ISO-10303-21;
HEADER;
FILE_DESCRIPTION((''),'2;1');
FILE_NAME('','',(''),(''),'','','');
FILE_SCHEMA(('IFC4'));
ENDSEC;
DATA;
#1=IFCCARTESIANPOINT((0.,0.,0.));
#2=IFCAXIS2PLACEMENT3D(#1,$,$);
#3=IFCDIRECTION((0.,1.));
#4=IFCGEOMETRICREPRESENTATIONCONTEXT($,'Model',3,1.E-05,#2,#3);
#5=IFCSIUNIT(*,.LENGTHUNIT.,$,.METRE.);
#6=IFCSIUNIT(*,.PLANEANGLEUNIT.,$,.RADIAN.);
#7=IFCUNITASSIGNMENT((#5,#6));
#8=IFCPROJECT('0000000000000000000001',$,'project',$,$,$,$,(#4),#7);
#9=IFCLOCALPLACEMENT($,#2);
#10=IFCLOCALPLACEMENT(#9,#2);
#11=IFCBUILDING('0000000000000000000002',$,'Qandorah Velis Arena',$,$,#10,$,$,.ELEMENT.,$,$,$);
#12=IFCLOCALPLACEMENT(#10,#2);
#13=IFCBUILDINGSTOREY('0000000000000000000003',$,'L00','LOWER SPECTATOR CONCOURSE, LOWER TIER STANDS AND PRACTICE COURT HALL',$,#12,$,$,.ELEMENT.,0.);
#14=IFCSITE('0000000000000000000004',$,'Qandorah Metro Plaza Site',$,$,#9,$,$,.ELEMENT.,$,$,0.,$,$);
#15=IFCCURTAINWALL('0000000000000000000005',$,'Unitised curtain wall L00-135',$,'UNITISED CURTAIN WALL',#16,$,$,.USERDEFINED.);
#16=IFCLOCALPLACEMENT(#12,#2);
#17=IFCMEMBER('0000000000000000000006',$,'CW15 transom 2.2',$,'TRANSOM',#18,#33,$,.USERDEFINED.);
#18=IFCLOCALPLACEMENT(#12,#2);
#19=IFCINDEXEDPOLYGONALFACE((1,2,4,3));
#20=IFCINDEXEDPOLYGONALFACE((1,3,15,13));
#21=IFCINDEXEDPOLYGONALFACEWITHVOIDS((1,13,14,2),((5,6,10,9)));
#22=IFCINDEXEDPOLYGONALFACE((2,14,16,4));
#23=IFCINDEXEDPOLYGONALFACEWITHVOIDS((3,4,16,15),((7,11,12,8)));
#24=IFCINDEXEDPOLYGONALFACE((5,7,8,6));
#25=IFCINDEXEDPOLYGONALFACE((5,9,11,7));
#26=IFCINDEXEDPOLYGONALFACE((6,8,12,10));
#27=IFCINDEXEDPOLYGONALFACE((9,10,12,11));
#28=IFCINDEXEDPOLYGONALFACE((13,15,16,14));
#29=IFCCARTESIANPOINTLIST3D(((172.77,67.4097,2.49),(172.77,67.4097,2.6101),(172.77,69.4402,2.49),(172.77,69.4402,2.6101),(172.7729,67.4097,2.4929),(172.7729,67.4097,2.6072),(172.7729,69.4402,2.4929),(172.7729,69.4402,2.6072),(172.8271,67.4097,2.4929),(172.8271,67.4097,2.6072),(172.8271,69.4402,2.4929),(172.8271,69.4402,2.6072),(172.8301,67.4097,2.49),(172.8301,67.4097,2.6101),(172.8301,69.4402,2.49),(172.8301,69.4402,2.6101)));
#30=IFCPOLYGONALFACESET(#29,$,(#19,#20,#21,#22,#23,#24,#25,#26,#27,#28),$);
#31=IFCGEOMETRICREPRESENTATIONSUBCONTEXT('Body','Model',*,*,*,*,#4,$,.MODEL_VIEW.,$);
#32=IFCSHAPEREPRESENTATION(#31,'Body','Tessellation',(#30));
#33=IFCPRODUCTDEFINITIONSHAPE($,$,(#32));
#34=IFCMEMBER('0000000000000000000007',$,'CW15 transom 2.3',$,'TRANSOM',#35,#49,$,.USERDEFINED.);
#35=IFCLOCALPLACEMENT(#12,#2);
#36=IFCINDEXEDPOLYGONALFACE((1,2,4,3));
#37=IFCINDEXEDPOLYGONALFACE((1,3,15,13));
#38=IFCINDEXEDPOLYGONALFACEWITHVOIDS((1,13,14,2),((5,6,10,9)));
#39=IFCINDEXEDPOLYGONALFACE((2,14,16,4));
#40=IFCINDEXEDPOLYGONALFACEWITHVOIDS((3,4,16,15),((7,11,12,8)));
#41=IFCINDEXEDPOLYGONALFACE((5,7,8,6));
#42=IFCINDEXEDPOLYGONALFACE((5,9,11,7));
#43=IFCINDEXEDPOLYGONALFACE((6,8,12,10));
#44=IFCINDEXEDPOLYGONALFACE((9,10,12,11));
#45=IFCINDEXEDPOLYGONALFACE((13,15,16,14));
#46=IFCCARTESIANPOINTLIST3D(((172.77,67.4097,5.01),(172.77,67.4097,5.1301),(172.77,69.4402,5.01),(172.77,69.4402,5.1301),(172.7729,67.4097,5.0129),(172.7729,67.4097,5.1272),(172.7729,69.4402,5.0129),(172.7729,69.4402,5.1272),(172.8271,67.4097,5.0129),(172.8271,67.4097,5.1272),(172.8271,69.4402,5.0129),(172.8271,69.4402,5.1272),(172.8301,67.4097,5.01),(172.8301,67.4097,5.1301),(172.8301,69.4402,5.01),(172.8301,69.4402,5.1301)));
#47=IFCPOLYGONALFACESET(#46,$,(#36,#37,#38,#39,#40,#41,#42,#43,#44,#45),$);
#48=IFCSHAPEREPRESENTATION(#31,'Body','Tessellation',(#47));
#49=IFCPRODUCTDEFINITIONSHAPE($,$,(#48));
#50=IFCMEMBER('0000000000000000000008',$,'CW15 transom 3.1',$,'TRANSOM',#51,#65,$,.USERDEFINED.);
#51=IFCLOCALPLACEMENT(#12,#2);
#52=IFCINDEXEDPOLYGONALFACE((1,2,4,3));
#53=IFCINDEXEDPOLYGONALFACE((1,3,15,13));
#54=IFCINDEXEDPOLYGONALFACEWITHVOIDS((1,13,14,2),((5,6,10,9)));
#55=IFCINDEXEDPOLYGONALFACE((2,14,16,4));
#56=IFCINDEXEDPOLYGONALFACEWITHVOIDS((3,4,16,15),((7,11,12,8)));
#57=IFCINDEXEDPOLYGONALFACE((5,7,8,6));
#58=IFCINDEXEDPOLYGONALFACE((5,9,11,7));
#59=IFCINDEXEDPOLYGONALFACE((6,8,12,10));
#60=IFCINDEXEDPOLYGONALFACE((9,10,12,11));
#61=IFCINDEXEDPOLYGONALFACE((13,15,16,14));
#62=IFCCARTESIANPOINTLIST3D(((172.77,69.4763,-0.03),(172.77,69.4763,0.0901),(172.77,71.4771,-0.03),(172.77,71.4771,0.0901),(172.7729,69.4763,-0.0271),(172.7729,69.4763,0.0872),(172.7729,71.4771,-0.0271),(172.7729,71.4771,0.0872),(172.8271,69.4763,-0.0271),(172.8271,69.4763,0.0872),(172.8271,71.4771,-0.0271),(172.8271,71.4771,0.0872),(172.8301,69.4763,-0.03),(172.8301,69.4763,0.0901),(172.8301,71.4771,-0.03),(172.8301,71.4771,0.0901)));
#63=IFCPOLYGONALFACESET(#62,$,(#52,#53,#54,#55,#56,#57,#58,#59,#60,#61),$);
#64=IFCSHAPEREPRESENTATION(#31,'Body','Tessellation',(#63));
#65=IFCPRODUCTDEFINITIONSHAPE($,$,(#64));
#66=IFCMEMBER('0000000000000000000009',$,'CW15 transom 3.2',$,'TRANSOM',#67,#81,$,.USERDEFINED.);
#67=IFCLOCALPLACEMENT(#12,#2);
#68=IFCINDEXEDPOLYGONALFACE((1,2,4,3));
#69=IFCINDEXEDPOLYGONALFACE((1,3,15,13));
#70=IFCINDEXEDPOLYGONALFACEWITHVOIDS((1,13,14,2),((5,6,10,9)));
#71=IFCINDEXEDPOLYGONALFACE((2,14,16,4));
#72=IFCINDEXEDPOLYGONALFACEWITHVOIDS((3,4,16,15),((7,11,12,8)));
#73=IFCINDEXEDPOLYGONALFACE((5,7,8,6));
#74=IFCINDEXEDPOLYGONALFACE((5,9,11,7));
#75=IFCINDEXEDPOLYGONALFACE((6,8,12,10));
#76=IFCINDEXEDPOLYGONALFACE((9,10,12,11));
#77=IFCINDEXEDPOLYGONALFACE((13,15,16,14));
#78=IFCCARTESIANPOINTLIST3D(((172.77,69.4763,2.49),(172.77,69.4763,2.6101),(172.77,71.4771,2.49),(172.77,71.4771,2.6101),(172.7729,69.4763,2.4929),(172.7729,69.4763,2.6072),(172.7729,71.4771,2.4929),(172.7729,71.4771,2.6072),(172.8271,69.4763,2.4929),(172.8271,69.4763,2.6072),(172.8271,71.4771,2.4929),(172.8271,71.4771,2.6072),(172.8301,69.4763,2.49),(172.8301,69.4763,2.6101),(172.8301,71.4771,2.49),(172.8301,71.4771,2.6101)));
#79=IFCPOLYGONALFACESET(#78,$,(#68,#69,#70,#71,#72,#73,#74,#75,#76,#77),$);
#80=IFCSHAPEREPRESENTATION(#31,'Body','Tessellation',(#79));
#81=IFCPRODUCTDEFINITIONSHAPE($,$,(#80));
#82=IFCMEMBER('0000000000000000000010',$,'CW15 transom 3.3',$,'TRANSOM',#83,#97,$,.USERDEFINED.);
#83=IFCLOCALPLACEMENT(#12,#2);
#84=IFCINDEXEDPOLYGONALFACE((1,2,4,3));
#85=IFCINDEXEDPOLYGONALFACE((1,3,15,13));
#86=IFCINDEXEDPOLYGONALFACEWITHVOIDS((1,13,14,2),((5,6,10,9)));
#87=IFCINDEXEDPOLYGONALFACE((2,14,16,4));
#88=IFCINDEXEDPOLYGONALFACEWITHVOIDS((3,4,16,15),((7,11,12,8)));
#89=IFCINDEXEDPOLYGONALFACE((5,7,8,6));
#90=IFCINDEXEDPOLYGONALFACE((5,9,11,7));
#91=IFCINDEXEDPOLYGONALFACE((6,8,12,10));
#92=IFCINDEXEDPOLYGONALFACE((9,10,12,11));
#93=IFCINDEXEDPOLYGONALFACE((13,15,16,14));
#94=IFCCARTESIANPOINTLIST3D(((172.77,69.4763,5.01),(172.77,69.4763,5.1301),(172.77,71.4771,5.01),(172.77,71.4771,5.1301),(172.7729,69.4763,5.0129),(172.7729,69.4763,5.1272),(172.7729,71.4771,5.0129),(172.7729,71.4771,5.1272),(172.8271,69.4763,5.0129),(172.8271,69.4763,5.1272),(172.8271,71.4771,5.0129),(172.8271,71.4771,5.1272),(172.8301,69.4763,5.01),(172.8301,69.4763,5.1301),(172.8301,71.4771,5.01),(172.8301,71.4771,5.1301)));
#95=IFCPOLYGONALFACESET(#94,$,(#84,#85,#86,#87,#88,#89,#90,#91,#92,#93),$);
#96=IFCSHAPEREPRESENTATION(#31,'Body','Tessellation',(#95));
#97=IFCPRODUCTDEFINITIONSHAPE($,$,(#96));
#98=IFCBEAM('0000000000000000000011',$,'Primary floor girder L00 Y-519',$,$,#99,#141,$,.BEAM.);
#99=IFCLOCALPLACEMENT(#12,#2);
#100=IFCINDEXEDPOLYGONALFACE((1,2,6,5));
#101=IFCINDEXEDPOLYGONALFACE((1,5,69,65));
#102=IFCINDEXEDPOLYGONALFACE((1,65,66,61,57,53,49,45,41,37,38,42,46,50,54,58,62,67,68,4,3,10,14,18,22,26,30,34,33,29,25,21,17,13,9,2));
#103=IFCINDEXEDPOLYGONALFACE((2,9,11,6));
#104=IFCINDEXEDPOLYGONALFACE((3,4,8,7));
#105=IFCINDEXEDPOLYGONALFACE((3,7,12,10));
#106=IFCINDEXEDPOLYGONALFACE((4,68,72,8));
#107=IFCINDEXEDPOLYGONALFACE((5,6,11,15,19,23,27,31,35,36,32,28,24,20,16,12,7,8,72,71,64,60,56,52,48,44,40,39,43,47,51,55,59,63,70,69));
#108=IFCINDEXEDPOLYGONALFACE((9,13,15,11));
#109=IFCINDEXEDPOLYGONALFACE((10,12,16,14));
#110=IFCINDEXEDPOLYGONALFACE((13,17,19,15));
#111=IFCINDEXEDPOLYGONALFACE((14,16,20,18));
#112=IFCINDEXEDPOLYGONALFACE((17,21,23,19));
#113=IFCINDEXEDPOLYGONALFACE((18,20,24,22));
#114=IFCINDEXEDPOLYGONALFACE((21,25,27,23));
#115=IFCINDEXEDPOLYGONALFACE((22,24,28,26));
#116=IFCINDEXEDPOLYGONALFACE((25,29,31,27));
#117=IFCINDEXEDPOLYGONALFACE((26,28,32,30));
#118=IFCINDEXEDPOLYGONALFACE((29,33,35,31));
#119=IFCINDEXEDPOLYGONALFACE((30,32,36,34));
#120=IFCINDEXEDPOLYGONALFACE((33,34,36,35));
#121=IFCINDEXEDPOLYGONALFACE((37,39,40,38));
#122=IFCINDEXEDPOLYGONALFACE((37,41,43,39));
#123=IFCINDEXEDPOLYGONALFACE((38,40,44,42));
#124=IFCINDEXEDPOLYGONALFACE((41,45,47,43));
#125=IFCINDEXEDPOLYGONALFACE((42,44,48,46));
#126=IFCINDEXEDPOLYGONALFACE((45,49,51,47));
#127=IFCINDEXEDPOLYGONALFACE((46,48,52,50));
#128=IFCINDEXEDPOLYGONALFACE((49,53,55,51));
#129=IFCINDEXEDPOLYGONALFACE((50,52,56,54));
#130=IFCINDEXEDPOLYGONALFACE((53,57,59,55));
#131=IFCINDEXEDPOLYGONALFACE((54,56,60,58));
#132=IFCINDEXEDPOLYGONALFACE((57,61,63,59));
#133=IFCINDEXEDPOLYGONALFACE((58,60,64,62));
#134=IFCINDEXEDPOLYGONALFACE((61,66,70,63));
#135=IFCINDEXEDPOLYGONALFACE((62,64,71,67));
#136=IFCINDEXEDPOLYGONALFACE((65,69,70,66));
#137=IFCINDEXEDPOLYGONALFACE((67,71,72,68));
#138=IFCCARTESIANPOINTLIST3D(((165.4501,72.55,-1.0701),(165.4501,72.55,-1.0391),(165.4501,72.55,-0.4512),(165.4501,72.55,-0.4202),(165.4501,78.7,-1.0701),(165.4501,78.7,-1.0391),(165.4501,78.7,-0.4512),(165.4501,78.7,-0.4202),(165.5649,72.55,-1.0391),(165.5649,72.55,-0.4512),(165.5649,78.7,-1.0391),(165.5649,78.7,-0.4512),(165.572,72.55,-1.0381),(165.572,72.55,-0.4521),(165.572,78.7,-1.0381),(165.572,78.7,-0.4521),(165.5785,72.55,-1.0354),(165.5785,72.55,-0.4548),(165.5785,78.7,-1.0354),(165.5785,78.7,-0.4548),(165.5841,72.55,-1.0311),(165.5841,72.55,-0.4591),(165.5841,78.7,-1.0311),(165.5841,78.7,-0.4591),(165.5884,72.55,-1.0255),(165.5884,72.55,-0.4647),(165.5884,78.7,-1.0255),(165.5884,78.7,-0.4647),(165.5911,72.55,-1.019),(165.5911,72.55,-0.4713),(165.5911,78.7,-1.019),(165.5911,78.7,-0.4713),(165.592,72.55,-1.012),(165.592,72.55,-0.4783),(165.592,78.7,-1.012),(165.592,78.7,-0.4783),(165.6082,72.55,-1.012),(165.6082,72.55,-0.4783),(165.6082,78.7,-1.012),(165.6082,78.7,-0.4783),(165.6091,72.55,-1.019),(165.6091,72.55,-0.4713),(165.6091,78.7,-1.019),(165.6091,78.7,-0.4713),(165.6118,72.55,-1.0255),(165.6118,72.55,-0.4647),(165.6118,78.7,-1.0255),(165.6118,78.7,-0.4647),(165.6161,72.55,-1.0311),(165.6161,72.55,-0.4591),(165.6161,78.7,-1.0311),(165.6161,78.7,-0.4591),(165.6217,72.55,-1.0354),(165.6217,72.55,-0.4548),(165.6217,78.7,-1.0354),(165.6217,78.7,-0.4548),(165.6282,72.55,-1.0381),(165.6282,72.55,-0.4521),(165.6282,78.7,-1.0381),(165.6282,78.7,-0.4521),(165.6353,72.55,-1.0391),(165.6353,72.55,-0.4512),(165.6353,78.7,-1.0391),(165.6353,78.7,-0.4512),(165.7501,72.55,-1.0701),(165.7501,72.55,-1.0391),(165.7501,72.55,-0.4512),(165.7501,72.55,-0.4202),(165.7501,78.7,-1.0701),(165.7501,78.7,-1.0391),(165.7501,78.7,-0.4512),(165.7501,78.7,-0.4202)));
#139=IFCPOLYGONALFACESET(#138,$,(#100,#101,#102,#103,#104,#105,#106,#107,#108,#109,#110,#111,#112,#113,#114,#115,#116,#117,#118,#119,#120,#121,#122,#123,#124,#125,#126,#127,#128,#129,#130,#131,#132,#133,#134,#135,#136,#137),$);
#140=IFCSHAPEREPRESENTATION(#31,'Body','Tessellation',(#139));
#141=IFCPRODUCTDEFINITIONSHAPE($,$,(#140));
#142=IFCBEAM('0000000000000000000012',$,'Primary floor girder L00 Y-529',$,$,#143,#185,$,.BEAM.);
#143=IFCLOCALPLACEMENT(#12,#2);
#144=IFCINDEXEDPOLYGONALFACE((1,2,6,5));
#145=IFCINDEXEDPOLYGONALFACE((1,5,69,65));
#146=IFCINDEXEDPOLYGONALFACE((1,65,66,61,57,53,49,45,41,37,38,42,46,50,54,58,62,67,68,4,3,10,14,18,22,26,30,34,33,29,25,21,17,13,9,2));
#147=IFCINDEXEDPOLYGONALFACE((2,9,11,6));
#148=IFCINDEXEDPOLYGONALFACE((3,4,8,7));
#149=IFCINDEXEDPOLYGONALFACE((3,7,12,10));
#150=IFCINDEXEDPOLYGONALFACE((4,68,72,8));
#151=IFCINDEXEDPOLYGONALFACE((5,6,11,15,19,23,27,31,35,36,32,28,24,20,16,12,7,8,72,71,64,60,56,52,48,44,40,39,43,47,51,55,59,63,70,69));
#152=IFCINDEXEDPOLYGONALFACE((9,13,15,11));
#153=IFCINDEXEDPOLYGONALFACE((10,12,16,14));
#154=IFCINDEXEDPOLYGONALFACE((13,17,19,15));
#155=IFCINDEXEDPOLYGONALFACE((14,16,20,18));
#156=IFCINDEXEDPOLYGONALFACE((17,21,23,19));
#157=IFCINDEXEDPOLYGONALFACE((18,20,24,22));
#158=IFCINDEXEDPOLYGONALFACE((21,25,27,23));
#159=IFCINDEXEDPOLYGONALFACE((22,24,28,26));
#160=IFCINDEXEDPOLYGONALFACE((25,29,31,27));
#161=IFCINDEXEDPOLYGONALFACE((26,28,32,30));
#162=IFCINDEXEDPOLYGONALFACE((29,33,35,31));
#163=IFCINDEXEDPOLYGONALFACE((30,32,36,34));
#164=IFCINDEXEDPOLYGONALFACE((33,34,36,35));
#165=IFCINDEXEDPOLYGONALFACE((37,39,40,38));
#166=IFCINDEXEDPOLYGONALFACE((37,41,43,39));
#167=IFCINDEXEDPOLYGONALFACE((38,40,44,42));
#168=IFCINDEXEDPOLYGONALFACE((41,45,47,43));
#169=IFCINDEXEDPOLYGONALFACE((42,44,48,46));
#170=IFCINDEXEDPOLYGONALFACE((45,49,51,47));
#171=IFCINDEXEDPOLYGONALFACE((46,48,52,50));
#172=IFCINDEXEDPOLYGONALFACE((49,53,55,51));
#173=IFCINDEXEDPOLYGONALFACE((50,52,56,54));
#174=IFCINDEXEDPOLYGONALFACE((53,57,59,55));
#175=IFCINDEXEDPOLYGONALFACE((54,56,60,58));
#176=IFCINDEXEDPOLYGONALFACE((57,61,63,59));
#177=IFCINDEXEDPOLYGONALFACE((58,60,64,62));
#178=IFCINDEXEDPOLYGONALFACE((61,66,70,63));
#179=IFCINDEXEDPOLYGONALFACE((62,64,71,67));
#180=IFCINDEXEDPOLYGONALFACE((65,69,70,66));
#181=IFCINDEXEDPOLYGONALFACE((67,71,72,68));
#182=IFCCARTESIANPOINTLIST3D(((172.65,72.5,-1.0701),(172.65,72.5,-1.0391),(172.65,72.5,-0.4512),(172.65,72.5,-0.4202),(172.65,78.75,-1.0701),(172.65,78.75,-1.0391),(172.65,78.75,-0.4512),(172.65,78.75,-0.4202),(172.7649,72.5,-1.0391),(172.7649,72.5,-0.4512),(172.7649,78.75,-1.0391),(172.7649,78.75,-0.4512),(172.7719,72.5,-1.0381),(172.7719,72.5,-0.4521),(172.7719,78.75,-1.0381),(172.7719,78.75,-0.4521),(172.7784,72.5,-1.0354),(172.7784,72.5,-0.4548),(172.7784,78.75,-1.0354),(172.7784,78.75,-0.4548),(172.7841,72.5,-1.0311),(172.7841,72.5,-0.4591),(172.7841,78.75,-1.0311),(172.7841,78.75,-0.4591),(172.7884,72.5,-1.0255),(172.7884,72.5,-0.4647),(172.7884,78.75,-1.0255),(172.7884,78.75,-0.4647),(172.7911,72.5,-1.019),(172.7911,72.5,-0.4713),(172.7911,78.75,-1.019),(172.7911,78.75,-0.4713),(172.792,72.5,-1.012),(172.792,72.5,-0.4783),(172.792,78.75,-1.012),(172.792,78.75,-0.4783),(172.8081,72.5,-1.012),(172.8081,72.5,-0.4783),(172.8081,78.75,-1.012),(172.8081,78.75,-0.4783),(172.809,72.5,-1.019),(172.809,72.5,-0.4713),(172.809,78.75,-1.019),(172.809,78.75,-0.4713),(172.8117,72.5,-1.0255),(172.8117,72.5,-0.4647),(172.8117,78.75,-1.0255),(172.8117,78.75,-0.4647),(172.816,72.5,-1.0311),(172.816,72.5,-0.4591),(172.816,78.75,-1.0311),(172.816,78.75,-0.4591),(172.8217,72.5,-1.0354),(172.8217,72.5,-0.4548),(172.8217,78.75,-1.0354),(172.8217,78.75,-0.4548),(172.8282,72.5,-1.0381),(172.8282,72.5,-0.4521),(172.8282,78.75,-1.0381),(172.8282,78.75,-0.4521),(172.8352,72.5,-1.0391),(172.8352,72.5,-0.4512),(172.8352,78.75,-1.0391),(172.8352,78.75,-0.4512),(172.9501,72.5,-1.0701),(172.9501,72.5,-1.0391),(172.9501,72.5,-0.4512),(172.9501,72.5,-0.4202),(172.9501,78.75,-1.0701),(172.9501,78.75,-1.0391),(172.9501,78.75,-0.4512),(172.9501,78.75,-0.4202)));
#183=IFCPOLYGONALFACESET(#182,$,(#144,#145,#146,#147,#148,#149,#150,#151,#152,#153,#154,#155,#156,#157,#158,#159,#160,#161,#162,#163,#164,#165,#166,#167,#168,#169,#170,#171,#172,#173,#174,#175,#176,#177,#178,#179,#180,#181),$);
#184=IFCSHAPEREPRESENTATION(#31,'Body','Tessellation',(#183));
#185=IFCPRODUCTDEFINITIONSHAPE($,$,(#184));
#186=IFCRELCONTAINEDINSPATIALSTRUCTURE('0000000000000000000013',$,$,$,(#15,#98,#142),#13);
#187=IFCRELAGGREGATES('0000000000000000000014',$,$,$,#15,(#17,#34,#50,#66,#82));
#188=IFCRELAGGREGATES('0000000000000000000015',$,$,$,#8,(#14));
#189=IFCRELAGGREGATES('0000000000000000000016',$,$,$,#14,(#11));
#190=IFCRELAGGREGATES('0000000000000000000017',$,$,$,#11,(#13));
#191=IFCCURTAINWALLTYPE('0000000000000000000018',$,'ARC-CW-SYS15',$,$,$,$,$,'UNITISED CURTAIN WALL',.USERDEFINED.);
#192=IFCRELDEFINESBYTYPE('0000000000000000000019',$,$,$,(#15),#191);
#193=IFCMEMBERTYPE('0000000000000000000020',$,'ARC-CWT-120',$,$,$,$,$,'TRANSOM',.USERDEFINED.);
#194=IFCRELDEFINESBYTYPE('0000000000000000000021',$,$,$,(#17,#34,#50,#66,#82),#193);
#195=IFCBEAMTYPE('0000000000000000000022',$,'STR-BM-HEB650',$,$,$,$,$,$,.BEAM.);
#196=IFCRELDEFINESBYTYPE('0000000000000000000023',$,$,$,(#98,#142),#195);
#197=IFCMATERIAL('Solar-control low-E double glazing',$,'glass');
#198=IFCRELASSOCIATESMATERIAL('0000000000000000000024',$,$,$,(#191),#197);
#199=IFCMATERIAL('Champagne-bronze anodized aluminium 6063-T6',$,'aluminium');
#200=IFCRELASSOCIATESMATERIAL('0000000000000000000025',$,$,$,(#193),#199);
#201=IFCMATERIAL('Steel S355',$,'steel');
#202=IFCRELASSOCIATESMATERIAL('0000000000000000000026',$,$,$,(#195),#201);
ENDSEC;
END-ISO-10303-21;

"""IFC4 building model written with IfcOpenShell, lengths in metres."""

from ifc_helpers import new_model, si_unit, direction, frame, origin, origin_2d, place, context, subcontext, project, spatial, hollow_rectangle, i_section, extrude, material, material_profile, profile_set, type_object, element, aggregate, save


model = new_model("IFC4")

# Units and contexts
model_context = context("Model", 3, precision=1e-05, world=origin(), true_north=direction((0.0, 1.0)))
body_context = subcontext(model_context, "Body", "Model", "MODEL_VIEW")
ifc_project = project(units=[si_unit("LENGTHUNIT", "METRE"), si_unit("PLANEANGLEUNIT", "RADIAN")], contexts=[model_context])

# Site, building, storey
site_placement = place(None, origin())
site = spatial("IfcSite", under=ifc_project, at=site_placement, Name="Qandorah Metro Plaza Site", CompositionType="ELEMENT", RefElevation=0.0)
building_placement = place(site_placement, origin())
building = spatial("IfcBuilding", under=site, at=building_placement, Name="Qandorah Velis Arena", CompositionType="ELEMENT")
storey_placement = place(building_placement, origin())
storey = spatial("IfcBuildingStorey", under=building, at=storey_placement, Name="L00", Description="LOWER SPECTATOR CONCOURSE, LOWER TIER STANDS AND PRACTICE COURT HALL", CompositionType="ELEMENT", Elevation=0.0)

# Curtain wall
ifc_material_1 = material(Name="Solar-control low-E double glazing", Category="glass")
ifc_material_2 = material(Name="Champagne-bronze anodized aluminium 6063-T6", Category="aluminium")
curtain_wall_type_1 = type_object("IfcCurtainWallType", Name="ARC-CW-SYS15", ElementType="UNITISED CURTAIN WALL", PredefinedType="USERDEFINED", material=ifc_material_1)
curtain_wall_1_placement = place(storey_placement, origin())
curtain_wall_1 = element("IfcCurtainWall", 1, at=curtain_wall_1_placement, inside=storey, type_object=curtain_wall_type_1, Name="Unitised curtain wall L00-135", ObjectType="UNITISED CURTAIN WALL", PredefinedType="USERDEFINED")

# Members
ifc_material_profile_1 = material_profile(ifc_material_2, hollow_rectangle(XDim=0.0601, YDim=0.1201, WallThickness=0.0029, at=origin_2d()), Name="ALU TRANSOM 60x120")
ifc_profile_set_1 = profile_set([ifc_material_profile_1], Name="Champagne-bronze anodized aluminium 6063-T6")
member_type_1 = type_object("IfcMemberType", Name="ARC-CWT-120", ElementType="TRANSOM", PredefinedType="USERDEFINED", material=ifc_profile_set_1)
member_1_placement = place(storey_placement, frame((172.8, 67.4097, 2.55), z_axis=(0.0, 1.0, 0.0), x_axis=(-1.0, 0.0, 0.0)))
member_1 = element("IfcMember", 2, at=member_1_placement, type_object=member_type_1, Name="CW15 transom 2.2", ObjectType="TRANSOM", PredefinedType="USERDEFINED", context=body_context, shape_type="SweptSolid", body=[
    extrude(hollow_rectangle(XDim=0.0601, YDim=0.1201, WallThickness=0.0029, at=origin_2d()), origin(), (0.0, 0.0, 1.0), 2.0305),
])
member_2_placement = place(storey_placement, frame((172.8, 67.4097, 5.0701), z_axis=(0.0, 1.0, 0.0), x_axis=(-1.0, 0.0, 0.0)))
member_2 = element("IfcMember", 3, at=member_2_placement, type_object=member_type_1, Name="CW15 transom 2.3", ObjectType="TRANSOM", PredefinedType="USERDEFINED", context=body_context, shape_type="SweptSolid", body=[
    extrude(hollow_rectangle(XDim=0.0601, YDim=0.1201, WallThickness=0.0029, at=origin_2d()), origin(), (0.0, 0.0, 1.0), 2.0305),
])
member_3_placement = place(storey_placement, frame((172.8, 69.4763, 0.03), z_axis=(0.0, 1.0, 0.0), x_axis=(-1.0, 0.0, 0.0)))
member_3 = element("IfcMember", 4, at=member_3_placement, type_object=member_type_1, Name="CW15 transom 3.1", ObjectType="TRANSOM", PredefinedType="USERDEFINED", context=body_context, shape_type="SweptSolid", body=[
    extrude(hollow_rectangle(XDim=0.0601, YDim=0.1201, WallThickness=0.0029, at=origin_2d()), origin(), (0.0, 0.0, 1.0), 2.0007),
])
member_4_placement = place(storey_placement, frame((172.8, 69.4763, 2.55), z_axis=(0.0, 1.0, 0.0), x_axis=(-1.0, 0.0, 0.0)))
member_4 = element("IfcMember", 5, at=member_4_placement, type_object=member_type_1, Name="CW15 transom 3.2", ObjectType="TRANSOM", PredefinedType="USERDEFINED", context=body_context, shape_type="SweptSolid", body=[
    extrude(hollow_rectangle(XDim=0.0601, YDim=0.1201, WallThickness=0.0029, at=origin_2d()), origin(), (0.0, 0.0, 1.0), 2.0007),
])
member_5_placement = place(storey_placement, frame((172.8, 69.4763, 5.0701), z_axis=(0.0, 1.0, 0.0), x_axis=(-1.0, 0.0, 0.0)))
member_5 = element("IfcMember", 6, at=member_5_placement, type_object=member_type_1, Name="CW15 transom 3.3", ObjectType="TRANSOM", PredefinedType="USERDEFINED", context=body_context, shape_type="SweptSolid", body=[
    extrude(hollow_rectangle(XDim=0.0601, YDim=0.1201, WallThickness=0.0029, at=origin_2d()), origin(), (0.0, 0.0, 1.0), 2.0007),
])

# Beams
ifc_material_3 = material(Name="Steel S355", Category="steel")
ifc_material_profile_2 = material_profile(ifc_material_3, i_section(OverallWidth=0.3, OverallDepth=0.6499, WebThickness=0.0161, FlangeThickness=0.031, FilletRadius=0.0271, at=origin_2d()), Name="HEB 650")
ifc_profile_set_2 = profile_set([ifc_material_profile_2], Name="Steel S355")
beam_type_1 = type_object("IfcBeamType", Name="STR-BM-HEB650", PredefinedType="BEAM", material=ifc_profile_set_2)
beam_1_placement = place(storey_placement, frame((165.6001, 72.55, -0.7451), z_axis=(0.0, 1.0, 0.0), x_axis=(-1.0, 0.0, 0.0)))
element("IfcBeam", 7, at=beam_1_placement, inside=storey, type_object=beam_type_1, Name="Primary floor girder L00 Y-519", PredefinedType="BEAM", context=body_context, shape_type="SweptSolid", body=[
    extrude(i_section(OverallWidth=0.3, OverallDepth=0.6499, WebThickness=0.0161, FlangeThickness=0.031, FilletRadius=0.0271, at=origin_2d()), origin(), (0.0, 0.0, 1.0), 6.1499),
])
beam_2_placement = place(storey_placement, frame((172.8, 72.5, -0.7451), z_axis=(0.0, 1.0, 0.0), x_axis=(-1.0, 0.0, 0.0)))
element("IfcBeam", 8, at=beam_2_placement, inside=storey, type_object=beam_type_1, Name="Primary floor girder L00 Y-529", PredefinedType="BEAM", context=body_context, shape_type="SweptSolid", body=[
    extrude(i_section(OverallWidth=0.3, OverallDepth=0.6499, WebThickness=0.0161, FlangeThickness=0.031, FilletRadius=0.0271, at=origin_2d()), origin(), (0.0, 0.0, 1.0), 6.25),
])

aggregate(curtain_wall_1, [member_1, member_2, member_3, member_4, member_5])

save(model, "model.ifc")
